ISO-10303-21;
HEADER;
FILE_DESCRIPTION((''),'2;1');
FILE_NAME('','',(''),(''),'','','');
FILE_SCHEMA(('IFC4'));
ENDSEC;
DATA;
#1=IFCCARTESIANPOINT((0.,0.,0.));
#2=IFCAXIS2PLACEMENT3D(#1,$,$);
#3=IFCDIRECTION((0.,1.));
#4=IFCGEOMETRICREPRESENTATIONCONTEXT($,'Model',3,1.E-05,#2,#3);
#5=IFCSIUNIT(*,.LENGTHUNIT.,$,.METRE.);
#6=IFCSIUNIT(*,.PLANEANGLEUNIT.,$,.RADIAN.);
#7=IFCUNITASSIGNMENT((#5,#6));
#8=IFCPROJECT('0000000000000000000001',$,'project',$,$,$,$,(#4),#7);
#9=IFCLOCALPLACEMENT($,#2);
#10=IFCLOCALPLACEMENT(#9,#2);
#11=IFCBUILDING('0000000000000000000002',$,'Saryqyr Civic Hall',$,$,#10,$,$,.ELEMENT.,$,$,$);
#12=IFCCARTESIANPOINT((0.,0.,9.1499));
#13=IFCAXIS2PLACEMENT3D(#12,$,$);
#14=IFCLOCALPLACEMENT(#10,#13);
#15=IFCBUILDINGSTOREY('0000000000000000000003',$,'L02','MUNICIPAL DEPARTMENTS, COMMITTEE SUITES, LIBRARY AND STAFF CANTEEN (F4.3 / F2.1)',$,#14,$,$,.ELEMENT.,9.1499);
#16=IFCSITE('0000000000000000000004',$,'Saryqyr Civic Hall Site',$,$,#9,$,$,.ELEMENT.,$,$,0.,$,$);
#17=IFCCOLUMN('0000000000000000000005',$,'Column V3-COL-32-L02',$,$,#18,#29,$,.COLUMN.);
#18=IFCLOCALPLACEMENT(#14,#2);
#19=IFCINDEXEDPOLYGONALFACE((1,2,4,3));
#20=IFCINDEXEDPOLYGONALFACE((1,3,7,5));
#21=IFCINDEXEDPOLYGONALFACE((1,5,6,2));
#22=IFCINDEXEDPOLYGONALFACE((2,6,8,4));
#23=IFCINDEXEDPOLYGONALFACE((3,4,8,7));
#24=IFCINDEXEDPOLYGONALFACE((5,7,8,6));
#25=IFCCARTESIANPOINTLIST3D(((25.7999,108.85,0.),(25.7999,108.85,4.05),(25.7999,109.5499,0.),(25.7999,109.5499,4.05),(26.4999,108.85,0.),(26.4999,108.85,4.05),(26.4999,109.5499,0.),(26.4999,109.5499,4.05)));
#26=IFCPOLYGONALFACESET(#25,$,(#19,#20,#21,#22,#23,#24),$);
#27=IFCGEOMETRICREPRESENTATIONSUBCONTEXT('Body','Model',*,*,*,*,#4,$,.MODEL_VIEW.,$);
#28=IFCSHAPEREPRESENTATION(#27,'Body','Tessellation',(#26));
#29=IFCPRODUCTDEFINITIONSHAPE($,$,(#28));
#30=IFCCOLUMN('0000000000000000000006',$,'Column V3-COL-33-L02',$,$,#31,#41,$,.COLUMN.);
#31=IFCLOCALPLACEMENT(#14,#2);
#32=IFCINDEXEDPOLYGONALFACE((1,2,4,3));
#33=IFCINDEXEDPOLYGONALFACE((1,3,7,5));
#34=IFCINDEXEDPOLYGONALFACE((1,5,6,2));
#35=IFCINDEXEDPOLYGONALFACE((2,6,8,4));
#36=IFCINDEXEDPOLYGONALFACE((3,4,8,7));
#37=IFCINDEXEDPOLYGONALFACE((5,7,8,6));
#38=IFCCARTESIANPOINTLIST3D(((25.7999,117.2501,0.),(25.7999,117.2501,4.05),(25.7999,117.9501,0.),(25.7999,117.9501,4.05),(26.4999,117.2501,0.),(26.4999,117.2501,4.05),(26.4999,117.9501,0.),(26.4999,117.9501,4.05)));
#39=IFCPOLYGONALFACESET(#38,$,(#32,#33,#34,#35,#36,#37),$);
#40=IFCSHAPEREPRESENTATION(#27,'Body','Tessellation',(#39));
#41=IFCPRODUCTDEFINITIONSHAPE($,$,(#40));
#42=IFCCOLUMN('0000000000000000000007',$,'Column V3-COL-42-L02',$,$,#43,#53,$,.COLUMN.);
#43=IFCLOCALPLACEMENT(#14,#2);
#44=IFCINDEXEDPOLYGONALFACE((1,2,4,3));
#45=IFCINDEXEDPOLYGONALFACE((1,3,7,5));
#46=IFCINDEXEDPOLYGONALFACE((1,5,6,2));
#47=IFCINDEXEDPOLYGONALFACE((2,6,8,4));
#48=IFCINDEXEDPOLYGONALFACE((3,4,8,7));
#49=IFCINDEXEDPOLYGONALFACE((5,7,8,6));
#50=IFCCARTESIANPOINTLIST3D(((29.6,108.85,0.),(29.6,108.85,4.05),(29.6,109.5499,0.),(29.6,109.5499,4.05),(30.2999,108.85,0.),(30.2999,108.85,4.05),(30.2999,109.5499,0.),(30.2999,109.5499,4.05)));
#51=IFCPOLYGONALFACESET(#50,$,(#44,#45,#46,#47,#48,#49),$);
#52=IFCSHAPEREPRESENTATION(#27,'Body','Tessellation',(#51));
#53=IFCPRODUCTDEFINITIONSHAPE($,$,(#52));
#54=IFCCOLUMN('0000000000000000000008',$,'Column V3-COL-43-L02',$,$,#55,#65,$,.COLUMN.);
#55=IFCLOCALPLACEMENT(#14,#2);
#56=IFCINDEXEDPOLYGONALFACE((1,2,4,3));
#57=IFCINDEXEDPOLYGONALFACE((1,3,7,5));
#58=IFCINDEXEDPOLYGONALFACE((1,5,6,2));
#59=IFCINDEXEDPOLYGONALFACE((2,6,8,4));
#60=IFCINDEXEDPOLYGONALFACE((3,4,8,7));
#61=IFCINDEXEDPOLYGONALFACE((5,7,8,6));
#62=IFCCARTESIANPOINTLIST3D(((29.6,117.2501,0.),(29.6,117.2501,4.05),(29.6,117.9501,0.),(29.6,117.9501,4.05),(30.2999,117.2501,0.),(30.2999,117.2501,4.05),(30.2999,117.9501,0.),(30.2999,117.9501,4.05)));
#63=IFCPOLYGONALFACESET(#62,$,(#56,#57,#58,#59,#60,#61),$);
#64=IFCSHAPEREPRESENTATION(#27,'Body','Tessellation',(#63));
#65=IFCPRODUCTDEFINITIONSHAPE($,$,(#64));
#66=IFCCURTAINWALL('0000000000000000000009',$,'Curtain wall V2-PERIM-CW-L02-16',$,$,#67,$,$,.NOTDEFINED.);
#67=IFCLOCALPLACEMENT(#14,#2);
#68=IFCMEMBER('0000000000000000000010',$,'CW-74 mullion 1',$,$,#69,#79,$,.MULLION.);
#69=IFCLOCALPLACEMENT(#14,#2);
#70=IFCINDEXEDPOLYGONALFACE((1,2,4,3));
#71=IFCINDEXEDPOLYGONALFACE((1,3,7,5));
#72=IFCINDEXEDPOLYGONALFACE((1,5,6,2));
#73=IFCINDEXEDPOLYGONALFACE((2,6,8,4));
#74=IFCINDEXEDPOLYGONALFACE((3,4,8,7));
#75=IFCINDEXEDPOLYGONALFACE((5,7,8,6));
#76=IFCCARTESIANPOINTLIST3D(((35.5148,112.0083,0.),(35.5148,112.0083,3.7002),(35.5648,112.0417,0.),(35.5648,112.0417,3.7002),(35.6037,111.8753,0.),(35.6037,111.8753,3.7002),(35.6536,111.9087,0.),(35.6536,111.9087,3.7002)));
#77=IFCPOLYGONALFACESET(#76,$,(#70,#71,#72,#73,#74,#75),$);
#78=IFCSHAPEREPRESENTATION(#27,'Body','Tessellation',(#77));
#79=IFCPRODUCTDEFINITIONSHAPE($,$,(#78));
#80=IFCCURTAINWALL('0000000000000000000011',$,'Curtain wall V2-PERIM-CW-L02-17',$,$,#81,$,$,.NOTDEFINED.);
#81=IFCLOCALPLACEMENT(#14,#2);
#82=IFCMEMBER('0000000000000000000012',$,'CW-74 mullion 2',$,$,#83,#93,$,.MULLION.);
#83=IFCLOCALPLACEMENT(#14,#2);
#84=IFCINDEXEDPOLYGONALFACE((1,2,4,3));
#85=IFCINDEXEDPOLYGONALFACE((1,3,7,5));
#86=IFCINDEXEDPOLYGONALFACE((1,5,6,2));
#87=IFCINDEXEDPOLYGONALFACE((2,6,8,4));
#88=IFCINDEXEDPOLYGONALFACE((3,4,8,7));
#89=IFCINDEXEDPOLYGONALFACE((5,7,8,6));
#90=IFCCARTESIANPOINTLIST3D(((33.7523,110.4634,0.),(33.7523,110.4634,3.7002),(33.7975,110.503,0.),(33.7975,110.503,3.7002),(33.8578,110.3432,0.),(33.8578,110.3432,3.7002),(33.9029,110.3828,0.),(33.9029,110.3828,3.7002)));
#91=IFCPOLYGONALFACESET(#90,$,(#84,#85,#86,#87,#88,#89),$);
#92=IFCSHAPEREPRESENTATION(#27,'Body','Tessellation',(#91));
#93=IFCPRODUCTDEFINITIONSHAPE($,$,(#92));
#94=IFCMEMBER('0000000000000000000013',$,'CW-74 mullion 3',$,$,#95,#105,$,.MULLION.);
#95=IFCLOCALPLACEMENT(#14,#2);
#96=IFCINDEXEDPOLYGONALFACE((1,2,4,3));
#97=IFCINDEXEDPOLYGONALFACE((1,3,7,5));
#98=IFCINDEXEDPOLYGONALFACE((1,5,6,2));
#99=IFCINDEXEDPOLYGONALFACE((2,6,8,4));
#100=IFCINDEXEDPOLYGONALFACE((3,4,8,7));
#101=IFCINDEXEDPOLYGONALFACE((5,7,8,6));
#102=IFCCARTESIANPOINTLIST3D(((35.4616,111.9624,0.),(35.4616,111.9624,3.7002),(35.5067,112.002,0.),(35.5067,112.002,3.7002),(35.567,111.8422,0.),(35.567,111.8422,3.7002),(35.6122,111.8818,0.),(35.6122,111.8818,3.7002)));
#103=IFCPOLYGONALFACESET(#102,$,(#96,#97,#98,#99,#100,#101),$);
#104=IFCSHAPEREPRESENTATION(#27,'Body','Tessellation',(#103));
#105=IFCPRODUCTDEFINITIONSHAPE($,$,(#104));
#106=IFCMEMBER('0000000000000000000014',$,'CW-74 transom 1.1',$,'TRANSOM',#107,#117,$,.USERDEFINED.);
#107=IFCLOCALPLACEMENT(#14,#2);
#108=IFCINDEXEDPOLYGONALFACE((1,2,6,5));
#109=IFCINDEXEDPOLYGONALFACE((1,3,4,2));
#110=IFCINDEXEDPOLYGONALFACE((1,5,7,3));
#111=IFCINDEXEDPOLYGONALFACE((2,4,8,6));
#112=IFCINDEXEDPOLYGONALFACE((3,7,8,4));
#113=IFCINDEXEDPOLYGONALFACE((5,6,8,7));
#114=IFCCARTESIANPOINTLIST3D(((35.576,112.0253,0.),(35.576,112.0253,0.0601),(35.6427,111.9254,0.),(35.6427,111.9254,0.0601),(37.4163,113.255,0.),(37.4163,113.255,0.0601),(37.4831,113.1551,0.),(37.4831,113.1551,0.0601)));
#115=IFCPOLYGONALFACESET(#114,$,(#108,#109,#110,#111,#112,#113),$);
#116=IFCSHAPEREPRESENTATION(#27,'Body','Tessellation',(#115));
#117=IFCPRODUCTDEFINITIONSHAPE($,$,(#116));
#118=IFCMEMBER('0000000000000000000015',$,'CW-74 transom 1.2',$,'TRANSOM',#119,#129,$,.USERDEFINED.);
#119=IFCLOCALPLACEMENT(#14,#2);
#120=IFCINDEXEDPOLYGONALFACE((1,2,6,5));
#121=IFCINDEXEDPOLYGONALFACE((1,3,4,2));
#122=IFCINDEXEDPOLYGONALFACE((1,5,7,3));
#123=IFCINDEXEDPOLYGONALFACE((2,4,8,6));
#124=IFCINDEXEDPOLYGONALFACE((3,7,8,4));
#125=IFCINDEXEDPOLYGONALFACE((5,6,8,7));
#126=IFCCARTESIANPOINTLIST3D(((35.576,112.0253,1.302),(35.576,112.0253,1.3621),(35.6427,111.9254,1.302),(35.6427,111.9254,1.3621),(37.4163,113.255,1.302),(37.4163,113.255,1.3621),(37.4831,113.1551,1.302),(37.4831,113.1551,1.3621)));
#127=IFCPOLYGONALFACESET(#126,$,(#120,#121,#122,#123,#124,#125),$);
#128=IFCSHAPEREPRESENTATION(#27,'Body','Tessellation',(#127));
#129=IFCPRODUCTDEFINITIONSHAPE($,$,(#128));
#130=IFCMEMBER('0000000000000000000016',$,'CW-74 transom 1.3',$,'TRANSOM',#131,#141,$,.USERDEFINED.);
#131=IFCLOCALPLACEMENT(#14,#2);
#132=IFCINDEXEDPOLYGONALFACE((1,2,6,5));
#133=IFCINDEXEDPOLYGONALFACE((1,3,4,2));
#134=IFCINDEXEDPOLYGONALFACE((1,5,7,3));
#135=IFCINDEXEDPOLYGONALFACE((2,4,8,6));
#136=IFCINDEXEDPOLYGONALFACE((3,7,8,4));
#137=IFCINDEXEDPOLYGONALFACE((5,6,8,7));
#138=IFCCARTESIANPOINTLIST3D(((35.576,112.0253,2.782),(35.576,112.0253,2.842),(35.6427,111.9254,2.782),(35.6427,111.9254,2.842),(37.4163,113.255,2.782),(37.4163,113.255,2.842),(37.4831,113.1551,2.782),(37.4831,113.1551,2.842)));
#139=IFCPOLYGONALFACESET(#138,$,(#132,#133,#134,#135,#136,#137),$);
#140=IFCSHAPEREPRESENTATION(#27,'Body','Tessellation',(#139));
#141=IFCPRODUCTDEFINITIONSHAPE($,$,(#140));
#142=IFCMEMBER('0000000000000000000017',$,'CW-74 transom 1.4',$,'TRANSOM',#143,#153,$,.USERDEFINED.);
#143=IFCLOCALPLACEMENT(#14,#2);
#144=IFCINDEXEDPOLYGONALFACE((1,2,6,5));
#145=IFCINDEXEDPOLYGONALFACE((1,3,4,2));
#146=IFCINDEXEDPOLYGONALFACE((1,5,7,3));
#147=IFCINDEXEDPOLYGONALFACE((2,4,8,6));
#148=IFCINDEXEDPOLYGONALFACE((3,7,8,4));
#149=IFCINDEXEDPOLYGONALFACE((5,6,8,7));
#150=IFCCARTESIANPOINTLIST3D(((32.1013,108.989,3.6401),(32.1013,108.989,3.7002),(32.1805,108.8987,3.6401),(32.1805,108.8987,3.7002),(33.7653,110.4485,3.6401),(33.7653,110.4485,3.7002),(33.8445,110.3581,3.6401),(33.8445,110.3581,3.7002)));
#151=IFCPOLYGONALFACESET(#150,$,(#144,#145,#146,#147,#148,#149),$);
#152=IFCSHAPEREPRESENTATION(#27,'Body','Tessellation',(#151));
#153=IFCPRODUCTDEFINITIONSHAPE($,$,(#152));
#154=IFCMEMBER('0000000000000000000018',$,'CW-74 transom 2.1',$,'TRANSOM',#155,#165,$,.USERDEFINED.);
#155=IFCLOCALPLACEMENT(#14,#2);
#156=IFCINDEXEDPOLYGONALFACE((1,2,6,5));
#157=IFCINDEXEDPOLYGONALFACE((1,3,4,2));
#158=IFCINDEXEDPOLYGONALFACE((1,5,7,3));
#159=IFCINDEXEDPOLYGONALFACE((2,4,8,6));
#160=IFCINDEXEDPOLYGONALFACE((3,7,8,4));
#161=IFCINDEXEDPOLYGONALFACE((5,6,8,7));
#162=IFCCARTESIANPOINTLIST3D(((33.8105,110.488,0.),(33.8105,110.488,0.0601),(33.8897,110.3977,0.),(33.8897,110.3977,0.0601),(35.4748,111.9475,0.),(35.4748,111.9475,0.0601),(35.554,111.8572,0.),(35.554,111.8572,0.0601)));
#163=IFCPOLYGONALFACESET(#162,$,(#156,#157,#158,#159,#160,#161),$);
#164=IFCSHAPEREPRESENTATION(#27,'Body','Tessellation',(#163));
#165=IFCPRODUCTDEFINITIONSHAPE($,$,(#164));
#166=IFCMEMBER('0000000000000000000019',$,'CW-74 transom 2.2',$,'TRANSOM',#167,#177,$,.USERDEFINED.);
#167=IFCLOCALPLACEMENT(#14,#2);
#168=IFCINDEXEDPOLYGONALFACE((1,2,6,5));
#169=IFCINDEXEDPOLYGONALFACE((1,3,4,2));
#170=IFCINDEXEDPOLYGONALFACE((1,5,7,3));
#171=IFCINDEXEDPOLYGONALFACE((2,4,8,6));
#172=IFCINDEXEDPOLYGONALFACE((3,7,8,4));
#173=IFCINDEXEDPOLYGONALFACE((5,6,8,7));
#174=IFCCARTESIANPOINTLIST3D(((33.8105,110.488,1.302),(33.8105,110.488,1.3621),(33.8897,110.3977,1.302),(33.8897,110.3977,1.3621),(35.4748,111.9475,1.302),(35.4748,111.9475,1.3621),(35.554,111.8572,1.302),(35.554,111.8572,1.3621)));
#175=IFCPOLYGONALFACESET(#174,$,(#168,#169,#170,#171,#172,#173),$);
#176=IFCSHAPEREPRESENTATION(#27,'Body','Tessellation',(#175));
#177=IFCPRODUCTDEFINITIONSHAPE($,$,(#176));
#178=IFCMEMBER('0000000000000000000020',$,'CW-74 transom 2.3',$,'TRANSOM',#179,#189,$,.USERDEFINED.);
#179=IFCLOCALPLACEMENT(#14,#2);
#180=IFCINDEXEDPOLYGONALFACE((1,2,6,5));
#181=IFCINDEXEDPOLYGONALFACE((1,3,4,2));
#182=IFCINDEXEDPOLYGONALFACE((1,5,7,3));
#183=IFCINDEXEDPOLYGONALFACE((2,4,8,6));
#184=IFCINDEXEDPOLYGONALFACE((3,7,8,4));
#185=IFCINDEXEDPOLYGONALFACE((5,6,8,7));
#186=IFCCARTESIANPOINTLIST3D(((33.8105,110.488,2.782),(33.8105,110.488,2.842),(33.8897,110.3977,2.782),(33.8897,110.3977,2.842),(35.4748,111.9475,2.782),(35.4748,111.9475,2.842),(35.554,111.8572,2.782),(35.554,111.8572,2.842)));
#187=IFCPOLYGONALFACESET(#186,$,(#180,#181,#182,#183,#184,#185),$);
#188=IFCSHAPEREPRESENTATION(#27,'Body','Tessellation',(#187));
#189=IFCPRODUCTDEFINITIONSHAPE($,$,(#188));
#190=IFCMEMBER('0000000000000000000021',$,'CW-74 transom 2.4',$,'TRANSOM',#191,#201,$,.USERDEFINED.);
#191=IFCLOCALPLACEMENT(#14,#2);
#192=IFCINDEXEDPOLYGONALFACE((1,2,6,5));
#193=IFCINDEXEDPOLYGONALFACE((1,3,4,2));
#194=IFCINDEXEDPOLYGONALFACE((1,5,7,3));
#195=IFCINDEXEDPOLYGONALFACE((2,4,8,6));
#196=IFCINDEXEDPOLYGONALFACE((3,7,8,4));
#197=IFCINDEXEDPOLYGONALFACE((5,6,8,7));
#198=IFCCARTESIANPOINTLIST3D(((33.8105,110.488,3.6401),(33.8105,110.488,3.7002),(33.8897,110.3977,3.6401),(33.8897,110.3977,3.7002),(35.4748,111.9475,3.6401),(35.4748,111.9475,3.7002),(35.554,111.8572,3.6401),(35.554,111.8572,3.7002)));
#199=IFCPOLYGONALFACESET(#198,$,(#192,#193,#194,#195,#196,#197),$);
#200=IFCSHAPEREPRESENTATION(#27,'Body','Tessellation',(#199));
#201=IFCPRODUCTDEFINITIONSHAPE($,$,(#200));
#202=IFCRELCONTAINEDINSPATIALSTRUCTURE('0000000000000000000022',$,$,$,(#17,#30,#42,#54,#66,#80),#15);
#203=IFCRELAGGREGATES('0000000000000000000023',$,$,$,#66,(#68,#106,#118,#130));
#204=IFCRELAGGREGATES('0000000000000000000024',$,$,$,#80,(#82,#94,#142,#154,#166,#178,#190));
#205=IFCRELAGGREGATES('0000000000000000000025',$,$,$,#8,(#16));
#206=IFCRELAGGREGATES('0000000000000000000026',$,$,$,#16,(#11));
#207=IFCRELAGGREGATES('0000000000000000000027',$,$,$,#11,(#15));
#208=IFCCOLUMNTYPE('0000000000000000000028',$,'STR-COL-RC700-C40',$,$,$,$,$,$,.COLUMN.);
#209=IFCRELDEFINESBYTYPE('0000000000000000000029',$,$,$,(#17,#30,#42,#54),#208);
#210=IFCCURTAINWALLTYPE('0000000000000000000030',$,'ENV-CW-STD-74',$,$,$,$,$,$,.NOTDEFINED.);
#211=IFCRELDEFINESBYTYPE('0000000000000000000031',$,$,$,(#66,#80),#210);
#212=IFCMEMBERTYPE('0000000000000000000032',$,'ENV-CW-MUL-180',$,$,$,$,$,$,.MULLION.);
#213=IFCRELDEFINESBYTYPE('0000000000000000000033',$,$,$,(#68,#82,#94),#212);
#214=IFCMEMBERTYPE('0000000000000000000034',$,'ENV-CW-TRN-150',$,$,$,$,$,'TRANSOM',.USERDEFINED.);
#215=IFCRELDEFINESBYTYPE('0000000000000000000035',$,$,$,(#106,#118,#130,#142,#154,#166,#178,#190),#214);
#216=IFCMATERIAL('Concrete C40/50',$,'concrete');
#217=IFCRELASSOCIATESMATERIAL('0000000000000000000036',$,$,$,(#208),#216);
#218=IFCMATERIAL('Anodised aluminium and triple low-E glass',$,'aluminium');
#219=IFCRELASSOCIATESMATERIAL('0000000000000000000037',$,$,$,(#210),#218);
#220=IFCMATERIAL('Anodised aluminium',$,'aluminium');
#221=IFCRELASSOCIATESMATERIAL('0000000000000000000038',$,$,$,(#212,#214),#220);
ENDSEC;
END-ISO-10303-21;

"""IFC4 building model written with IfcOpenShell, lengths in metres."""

from ifc_helpers import new_model, si_unit, direction, frame, origin, origin_2d, place, context, subcontext, project, spatial, rectangle, extrude, material, material_profile, profile_set, type_object, element, aggregate, save


model = new_model("IFC4")

# Units and contexts
model_context = context("Model", 3, precision=1e-05, world=origin(), true_north=direction((0.0, 1.0)))
body_context = subcontext(model_context, "Body", "Model", "MODEL_VIEW")
ifc_project = project(units=[si_unit("LENGTHUNIT", "METRE"), si_unit("PLANEANGLEUNIT", "RADIAN")], contexts=[model_context])

# Site, building, storey
site_placement = place(None, origin())
site = spatial("IfcSite", under=ifc_project, at=site_placement, Name="Saryqyr Civic Hall Site", CompositionType="ELEMENT", RefElevation=0.0)
building_placement = place(site_placement, origin())
building = spatial("IfcBuilding", under=site, at=building_placement, Name="Saryqyr Civic Hall", CompositionType="ELEMENT")
storey_placement = place(building_placement, frame((0.0, 0.0, 9.1499)))
storey = spatial("IfcBuildingStorey", under=building, at=storey_placement, Name="L02", Description="MUNICIPAL DEPARTMENTS, COMMITTEE SUITES, LIBRARY AND STAFF CANTEEN (F4.3 / F2.1)", CompositionType="ELEMENT", Elevation=9.1499)

# Columns
ifc_material_1 = material(Name="Concrete C40/50", Category="concrete")
ifc_material_profile_1 = material_profile(ifc_material_1, rectangle(XDim=0.7, YDim=0.7, at=origin_2d()), Name="RC 700x700")
ifc_profile_set_1 = profile_set([ifc_material_profile_1], Name="Concrete C40/50")
column_type = type_object("IfcColumnType", Name="STR-COL-RC700-C40", PredefinedType="COLUMN", material=ifc_profile_set_1)
for number, where, z_axis, x_axis, name in (
    (1, (26.1499, 109.2, 0.0), (0.0, 0.0, 1.0), (1.0, 0.0, 0.0), "Column V3-COL-32-L02"),
    (2, (26.1499, 117.6001, 0.0), (0.0, 0.0, 1.0), (1.0, 0.0, 0.0), "Column V3-COL-33-L02"),
    (3, (29.95, 109.2, 0.0), (0.0, 0.0, 1.0), (1.0, 0.0, 0.0), "Column V3-COL-42-L02"),
    (4, (29.95, 117.6001, 0.0), (0.0, 0.0, 1.0), (1.0, 0.0, 0.0), "Column V3-COL-43-L02"),
):
    element("IfcColumn", number, at=place(storey_placement, frame(where, z_axis=z_axis, x_axis=x_axis)), inside=storey, type_object=column_type, Name=name, PredefinedType="COLUMN", context=body_context, shape_type="SweptSolid", body=[
        extrude(rectangle(XDim=0.7, YDim=0.7, at=origin_2d()), origin(), (0.0, 0.0, 1.0), 4.05),
    ])

# Curtain wall, member
ifc_material_2 = material(Name="Anodised aluminium and triple low-E glass", Category="aluminium")
curtain_wall_type = type_object("IfcCurtainWallType", Name="ENV-CW-STD-74", PredefinedType="NOTDEFINED", material=ifc_material_2)
curtain_wall_1_placement = place(storey_placement, origin())
curtain_wall_1 = element("IfcCurtainWall", 5, at=curtain_wall_1_placement, inside=storey, type_object=curtain_wall_type, Name="Curtain wall V2-PERIM-CW-L02-16", PredefinedType="NOTDEFINED")
ifc_material_3 = material(Name="Anodised aluminium", Category="aluminium")
ifc_material_profile_2 = material_profile(ifc_material_3, rectangle(XDim=0.0601, YDim=0.1599, at=origin_2d()), Name="ALU MULLION 60x160")
ifc_profile_set_2 = profile_set([ifc_material_profile_2], Name="Anodised aluminium")
member_type_1 = type_object("IfcMemberType", Name="ENV-CW-MUL-180", PredefinedType="MULLION", material=ifc_profile_set_2)
member_1_placement = place(storey_placement, frame((35.5842, 111.9585, 0.0), z_axis=(0.0, 0.0, 1.0), x_axis=(0.831472, 0.555566, 0.0)))
member_1 = element("IfcMember", 6, at=member_1_placement, type_object=member_type_1, Name="CW-74 mullion 1", PredefinedType="MULLION", context=body_context, shape_type="SweptSolid", body=[
    extrude(rectangle(XDim=0.0601, YDim=0.1599, at=origin_2d()), origin(), (0.0, 0.0, 1.0), 3.7002),
])

# Curtain wall, members
curtain_wall_2_placement = place(storey_placement, origin())
curtain_wall_2 = element("IfcCurtainWall", 7, at=curtain_wall_2_placement, inside=storey, type_object=curtain_wall_type, Name="Curtain wall V2-PERIM-CW-L02-17", PredefinedType="NOTDEFINED")
member_2_placement = place(storey_placement, frame((33.8276, 110.4231, 0.0), z_axis=(0.0, 0.0, 1.0), x_axis=(0.751838, 0.659348, 0.0)))
member_2 = element("IfcMember", 8, at=member_2_placement, type_object=member_type_1, Name="CW-74 mullion 2", PredefinedType="MULLION", context=body_context, shape_type="SweptSolid", body=[
    extrude(rectangle(XDim=0.0601, YDim=0.1599, at=origin_2d()), origin(), (0.0, 0.0, 1.0), 3.7002),
])
member_3_placement = place(storey_placement, frame((35.5369, 111.9221, 0.0), z_axis=(0.0, 0.0, 1.0), x_axis=(0.751838, 0.659348, 0.0)))
member_3 = element("IfcMember", 9, at=member_3_placement, type_object=member_type_1, Name="CW-74 mullion 3", PredefinedType="MULLION", context=body_context, shape_type="SweptSolid", body=[
    extrude(rectangle(XDim=0.0601, YDim=0.1599, at=origin_2d()), origin(), (0.0, 0.0, 1.0), 3.7002),
])

# Members
ifc_material_profile_3 = material_profile(ifc_material_3, rectangle(XDim=0.1201, YDim=0.0601, at=origin_2d()), Name="ALU TRANSOM 120x60")
ifc_profile_set_3 = profile_set([ifc_material_profile_3], Name="Anodised aluminium")
member_type_2 = type_object("IfcMemberType", Name="ENV-CW-TRN-150", ElementType="TRANSOM", PredefinedType="USERDEFINED", material=ifc_profile_set_3)
member_4_placement = place(storey_placement, frame((35.6094, 111.9753, 0.03), z_axis=(0.831456, 0.555591, 0.0), x_axis=(-0.555591, 0.831456, 0.0)))
member_4 = element("IfcMember", 10, at=member_4_placement, type_object=member_type_2, Name="CW-74 transom 1.1", ObjectType="TRANSOM", PredefinedType="USERDEFINED", context=body_context, shape_type="SweptSolid", body=[
    extrude(rectangle(XDim=0.1201, YDim=0.0601, at=origin_2d()), origin(), (0.0, 0.0, 1.0), 2.2134),
])
member_5_placement = place(storey_placement, frame((35.6094, 111.9753, 1.332), z_axis=(0.831456, 0.555591, 0.0), x_axis=(-0.555591, 0.831456, 0.0)))
member_5 = element("IfcMember", 11, at=member_5_placement, type_object=member_type_2, Name="CW-74 transom 1.2", ObjectType="TRANSOM", PredefinedType="USERDEFINED", context=body_context, shape_type="SweptSolid", body=[
    extrude(rectangle(XDim=0.1201, YDim=0.0601, at=origin_2d()), origin(), (0.0, 0.0, 1.0), 2.2134),
])
member_6_placement = place(storey_placement, frame((35.6094, 111.9753, 2.812), z_axis=(0.831456, 0.555591, 0.0), x_axis=(-0.555591, 0.831456, 0.0)))
member_6 = element("IfcMember", 12, at=member_6_placement, type_object=member_type_2, Name="CW-74 transom 1.3", ObjectType="TRANSOM", PredefinedType="USERDEFINED", context=body_context, shape_type="SweptSolid", body=[
    extrude(rectangle(XDim=0.1201, YDim=0.0601, at=origin_2d()), origin(), (0.0, 0.0, 1.0), 2.2134),
])
aggregate(curtain_wall_1, [member_1, member_4, member_5, member_6])
member_7_placement = place(storey_placement, frame((32.1409, 108.9438, 3.6702), z_axis=(0.751811, 0.659379, 0.0), x_axis=(-0.659379, 0.751811, 0.0)))
member_7 = element("IfcMember", 13, at=member_7_placement, type_object=member_type_2, Name="CW-74 transom 1.4", ObjectType="TRANSOM", PredefinedType="USERDEFINED", context=body_context, shape_type="SweptSolid", body=[
    extrude(rectangle(XDim=0.1201, YDim=0.0601, at=origin_2d()), origin(), (0.0, 0.0, 1.0), 2.2134),
])
member_8_placement = place(storey_placement, frame((33.8501, 110.4429, 0.03), z_axis=(0.751859, 0.659324, 0.0), x_axis=(-0.659324, 0.751859, 0.0)))
member_8 = element("IfcMember", 14, at=member_8_placement, type_object=member_type_2, Name="CW-74 transom 2.1", ObjectType="TRANSOM", PredefinedType="USERDEFINED", context=body_context, shape_type="SweptSolid", body=[
    extrude(rectangle(XDim=0.1201, YDim=0.0601, at=origin_2d()), origin(), (0.0, 0.0, 1.0), 2.2136),
])
member_9_placement = place(storey_placement, frame((33.8501, 110.4429, 1.332), z_axis=(0.751859, 0.659324, 0.0), x_axis=(-0.659324, 0.751859, 0.0)))
member_9 = element("IfcMember", 15, at=member_9_placement, type_object=member_type_2, Name="CW-74 transom 2.2", ObjectType="TRANSOM", PredefinedType="USERDEFINED", context=body_context, shape_type="SweptSolid", body=[
    extrude(rectangle(XDim=0.1201, YDim=0.0601, at=origin_2d()), origin(), (0.0, 0.0, 1.0), 2.2136),
])
member_10_placement = place(storey_placement, frame((33.8501, 110.4429, 2.812), z_axis=(0.751859, 0.659324, 0.0), x_axis=(-0.659324, 0.751859, 0.0)))
member_10 = element("IfcMember", 16, at=member_10_placement, type_object=member_type_2, Name="CW-74 transom 2.3", ObjectType="TRANSOM", PredefinedType="USERDEFINED", context=body_context, shape_type="SweptSolid", body=[
    extrude(rectangle(XDim=0.1201, YDim=0.0601, at=origin_2d()), origin(), (0.0, 0.0, 1.0), 2.2136),
])
member_11_placement = place(storey_placement, frame((33.8501, 110.4429, 3.6702), z_axis=(0.751859, 0.659324, 0.0), x_axis=(-0.659324, 0.751859, 0.0)))
member_11 = element("IfcMember", 17, at=member_11_placement, type_object=member_type_2, Name="CW-74 transom 2.4", ObjectType="TRANSOM", PredefinedType="USERDEFINED", context=body_context, shape_type="SweptSolid", body=[
    extrude(rectangle(XDim=0.1201, YDim=0.0601, at=origin_2d()), origin(), (0.0, 0.0, 1.0), 2.2136),
])

aggregate(curtain_wall_2, [member_2, member_3, member_7, member_8, member_9, member_10, member_11])

save(model, "model.ifc")
